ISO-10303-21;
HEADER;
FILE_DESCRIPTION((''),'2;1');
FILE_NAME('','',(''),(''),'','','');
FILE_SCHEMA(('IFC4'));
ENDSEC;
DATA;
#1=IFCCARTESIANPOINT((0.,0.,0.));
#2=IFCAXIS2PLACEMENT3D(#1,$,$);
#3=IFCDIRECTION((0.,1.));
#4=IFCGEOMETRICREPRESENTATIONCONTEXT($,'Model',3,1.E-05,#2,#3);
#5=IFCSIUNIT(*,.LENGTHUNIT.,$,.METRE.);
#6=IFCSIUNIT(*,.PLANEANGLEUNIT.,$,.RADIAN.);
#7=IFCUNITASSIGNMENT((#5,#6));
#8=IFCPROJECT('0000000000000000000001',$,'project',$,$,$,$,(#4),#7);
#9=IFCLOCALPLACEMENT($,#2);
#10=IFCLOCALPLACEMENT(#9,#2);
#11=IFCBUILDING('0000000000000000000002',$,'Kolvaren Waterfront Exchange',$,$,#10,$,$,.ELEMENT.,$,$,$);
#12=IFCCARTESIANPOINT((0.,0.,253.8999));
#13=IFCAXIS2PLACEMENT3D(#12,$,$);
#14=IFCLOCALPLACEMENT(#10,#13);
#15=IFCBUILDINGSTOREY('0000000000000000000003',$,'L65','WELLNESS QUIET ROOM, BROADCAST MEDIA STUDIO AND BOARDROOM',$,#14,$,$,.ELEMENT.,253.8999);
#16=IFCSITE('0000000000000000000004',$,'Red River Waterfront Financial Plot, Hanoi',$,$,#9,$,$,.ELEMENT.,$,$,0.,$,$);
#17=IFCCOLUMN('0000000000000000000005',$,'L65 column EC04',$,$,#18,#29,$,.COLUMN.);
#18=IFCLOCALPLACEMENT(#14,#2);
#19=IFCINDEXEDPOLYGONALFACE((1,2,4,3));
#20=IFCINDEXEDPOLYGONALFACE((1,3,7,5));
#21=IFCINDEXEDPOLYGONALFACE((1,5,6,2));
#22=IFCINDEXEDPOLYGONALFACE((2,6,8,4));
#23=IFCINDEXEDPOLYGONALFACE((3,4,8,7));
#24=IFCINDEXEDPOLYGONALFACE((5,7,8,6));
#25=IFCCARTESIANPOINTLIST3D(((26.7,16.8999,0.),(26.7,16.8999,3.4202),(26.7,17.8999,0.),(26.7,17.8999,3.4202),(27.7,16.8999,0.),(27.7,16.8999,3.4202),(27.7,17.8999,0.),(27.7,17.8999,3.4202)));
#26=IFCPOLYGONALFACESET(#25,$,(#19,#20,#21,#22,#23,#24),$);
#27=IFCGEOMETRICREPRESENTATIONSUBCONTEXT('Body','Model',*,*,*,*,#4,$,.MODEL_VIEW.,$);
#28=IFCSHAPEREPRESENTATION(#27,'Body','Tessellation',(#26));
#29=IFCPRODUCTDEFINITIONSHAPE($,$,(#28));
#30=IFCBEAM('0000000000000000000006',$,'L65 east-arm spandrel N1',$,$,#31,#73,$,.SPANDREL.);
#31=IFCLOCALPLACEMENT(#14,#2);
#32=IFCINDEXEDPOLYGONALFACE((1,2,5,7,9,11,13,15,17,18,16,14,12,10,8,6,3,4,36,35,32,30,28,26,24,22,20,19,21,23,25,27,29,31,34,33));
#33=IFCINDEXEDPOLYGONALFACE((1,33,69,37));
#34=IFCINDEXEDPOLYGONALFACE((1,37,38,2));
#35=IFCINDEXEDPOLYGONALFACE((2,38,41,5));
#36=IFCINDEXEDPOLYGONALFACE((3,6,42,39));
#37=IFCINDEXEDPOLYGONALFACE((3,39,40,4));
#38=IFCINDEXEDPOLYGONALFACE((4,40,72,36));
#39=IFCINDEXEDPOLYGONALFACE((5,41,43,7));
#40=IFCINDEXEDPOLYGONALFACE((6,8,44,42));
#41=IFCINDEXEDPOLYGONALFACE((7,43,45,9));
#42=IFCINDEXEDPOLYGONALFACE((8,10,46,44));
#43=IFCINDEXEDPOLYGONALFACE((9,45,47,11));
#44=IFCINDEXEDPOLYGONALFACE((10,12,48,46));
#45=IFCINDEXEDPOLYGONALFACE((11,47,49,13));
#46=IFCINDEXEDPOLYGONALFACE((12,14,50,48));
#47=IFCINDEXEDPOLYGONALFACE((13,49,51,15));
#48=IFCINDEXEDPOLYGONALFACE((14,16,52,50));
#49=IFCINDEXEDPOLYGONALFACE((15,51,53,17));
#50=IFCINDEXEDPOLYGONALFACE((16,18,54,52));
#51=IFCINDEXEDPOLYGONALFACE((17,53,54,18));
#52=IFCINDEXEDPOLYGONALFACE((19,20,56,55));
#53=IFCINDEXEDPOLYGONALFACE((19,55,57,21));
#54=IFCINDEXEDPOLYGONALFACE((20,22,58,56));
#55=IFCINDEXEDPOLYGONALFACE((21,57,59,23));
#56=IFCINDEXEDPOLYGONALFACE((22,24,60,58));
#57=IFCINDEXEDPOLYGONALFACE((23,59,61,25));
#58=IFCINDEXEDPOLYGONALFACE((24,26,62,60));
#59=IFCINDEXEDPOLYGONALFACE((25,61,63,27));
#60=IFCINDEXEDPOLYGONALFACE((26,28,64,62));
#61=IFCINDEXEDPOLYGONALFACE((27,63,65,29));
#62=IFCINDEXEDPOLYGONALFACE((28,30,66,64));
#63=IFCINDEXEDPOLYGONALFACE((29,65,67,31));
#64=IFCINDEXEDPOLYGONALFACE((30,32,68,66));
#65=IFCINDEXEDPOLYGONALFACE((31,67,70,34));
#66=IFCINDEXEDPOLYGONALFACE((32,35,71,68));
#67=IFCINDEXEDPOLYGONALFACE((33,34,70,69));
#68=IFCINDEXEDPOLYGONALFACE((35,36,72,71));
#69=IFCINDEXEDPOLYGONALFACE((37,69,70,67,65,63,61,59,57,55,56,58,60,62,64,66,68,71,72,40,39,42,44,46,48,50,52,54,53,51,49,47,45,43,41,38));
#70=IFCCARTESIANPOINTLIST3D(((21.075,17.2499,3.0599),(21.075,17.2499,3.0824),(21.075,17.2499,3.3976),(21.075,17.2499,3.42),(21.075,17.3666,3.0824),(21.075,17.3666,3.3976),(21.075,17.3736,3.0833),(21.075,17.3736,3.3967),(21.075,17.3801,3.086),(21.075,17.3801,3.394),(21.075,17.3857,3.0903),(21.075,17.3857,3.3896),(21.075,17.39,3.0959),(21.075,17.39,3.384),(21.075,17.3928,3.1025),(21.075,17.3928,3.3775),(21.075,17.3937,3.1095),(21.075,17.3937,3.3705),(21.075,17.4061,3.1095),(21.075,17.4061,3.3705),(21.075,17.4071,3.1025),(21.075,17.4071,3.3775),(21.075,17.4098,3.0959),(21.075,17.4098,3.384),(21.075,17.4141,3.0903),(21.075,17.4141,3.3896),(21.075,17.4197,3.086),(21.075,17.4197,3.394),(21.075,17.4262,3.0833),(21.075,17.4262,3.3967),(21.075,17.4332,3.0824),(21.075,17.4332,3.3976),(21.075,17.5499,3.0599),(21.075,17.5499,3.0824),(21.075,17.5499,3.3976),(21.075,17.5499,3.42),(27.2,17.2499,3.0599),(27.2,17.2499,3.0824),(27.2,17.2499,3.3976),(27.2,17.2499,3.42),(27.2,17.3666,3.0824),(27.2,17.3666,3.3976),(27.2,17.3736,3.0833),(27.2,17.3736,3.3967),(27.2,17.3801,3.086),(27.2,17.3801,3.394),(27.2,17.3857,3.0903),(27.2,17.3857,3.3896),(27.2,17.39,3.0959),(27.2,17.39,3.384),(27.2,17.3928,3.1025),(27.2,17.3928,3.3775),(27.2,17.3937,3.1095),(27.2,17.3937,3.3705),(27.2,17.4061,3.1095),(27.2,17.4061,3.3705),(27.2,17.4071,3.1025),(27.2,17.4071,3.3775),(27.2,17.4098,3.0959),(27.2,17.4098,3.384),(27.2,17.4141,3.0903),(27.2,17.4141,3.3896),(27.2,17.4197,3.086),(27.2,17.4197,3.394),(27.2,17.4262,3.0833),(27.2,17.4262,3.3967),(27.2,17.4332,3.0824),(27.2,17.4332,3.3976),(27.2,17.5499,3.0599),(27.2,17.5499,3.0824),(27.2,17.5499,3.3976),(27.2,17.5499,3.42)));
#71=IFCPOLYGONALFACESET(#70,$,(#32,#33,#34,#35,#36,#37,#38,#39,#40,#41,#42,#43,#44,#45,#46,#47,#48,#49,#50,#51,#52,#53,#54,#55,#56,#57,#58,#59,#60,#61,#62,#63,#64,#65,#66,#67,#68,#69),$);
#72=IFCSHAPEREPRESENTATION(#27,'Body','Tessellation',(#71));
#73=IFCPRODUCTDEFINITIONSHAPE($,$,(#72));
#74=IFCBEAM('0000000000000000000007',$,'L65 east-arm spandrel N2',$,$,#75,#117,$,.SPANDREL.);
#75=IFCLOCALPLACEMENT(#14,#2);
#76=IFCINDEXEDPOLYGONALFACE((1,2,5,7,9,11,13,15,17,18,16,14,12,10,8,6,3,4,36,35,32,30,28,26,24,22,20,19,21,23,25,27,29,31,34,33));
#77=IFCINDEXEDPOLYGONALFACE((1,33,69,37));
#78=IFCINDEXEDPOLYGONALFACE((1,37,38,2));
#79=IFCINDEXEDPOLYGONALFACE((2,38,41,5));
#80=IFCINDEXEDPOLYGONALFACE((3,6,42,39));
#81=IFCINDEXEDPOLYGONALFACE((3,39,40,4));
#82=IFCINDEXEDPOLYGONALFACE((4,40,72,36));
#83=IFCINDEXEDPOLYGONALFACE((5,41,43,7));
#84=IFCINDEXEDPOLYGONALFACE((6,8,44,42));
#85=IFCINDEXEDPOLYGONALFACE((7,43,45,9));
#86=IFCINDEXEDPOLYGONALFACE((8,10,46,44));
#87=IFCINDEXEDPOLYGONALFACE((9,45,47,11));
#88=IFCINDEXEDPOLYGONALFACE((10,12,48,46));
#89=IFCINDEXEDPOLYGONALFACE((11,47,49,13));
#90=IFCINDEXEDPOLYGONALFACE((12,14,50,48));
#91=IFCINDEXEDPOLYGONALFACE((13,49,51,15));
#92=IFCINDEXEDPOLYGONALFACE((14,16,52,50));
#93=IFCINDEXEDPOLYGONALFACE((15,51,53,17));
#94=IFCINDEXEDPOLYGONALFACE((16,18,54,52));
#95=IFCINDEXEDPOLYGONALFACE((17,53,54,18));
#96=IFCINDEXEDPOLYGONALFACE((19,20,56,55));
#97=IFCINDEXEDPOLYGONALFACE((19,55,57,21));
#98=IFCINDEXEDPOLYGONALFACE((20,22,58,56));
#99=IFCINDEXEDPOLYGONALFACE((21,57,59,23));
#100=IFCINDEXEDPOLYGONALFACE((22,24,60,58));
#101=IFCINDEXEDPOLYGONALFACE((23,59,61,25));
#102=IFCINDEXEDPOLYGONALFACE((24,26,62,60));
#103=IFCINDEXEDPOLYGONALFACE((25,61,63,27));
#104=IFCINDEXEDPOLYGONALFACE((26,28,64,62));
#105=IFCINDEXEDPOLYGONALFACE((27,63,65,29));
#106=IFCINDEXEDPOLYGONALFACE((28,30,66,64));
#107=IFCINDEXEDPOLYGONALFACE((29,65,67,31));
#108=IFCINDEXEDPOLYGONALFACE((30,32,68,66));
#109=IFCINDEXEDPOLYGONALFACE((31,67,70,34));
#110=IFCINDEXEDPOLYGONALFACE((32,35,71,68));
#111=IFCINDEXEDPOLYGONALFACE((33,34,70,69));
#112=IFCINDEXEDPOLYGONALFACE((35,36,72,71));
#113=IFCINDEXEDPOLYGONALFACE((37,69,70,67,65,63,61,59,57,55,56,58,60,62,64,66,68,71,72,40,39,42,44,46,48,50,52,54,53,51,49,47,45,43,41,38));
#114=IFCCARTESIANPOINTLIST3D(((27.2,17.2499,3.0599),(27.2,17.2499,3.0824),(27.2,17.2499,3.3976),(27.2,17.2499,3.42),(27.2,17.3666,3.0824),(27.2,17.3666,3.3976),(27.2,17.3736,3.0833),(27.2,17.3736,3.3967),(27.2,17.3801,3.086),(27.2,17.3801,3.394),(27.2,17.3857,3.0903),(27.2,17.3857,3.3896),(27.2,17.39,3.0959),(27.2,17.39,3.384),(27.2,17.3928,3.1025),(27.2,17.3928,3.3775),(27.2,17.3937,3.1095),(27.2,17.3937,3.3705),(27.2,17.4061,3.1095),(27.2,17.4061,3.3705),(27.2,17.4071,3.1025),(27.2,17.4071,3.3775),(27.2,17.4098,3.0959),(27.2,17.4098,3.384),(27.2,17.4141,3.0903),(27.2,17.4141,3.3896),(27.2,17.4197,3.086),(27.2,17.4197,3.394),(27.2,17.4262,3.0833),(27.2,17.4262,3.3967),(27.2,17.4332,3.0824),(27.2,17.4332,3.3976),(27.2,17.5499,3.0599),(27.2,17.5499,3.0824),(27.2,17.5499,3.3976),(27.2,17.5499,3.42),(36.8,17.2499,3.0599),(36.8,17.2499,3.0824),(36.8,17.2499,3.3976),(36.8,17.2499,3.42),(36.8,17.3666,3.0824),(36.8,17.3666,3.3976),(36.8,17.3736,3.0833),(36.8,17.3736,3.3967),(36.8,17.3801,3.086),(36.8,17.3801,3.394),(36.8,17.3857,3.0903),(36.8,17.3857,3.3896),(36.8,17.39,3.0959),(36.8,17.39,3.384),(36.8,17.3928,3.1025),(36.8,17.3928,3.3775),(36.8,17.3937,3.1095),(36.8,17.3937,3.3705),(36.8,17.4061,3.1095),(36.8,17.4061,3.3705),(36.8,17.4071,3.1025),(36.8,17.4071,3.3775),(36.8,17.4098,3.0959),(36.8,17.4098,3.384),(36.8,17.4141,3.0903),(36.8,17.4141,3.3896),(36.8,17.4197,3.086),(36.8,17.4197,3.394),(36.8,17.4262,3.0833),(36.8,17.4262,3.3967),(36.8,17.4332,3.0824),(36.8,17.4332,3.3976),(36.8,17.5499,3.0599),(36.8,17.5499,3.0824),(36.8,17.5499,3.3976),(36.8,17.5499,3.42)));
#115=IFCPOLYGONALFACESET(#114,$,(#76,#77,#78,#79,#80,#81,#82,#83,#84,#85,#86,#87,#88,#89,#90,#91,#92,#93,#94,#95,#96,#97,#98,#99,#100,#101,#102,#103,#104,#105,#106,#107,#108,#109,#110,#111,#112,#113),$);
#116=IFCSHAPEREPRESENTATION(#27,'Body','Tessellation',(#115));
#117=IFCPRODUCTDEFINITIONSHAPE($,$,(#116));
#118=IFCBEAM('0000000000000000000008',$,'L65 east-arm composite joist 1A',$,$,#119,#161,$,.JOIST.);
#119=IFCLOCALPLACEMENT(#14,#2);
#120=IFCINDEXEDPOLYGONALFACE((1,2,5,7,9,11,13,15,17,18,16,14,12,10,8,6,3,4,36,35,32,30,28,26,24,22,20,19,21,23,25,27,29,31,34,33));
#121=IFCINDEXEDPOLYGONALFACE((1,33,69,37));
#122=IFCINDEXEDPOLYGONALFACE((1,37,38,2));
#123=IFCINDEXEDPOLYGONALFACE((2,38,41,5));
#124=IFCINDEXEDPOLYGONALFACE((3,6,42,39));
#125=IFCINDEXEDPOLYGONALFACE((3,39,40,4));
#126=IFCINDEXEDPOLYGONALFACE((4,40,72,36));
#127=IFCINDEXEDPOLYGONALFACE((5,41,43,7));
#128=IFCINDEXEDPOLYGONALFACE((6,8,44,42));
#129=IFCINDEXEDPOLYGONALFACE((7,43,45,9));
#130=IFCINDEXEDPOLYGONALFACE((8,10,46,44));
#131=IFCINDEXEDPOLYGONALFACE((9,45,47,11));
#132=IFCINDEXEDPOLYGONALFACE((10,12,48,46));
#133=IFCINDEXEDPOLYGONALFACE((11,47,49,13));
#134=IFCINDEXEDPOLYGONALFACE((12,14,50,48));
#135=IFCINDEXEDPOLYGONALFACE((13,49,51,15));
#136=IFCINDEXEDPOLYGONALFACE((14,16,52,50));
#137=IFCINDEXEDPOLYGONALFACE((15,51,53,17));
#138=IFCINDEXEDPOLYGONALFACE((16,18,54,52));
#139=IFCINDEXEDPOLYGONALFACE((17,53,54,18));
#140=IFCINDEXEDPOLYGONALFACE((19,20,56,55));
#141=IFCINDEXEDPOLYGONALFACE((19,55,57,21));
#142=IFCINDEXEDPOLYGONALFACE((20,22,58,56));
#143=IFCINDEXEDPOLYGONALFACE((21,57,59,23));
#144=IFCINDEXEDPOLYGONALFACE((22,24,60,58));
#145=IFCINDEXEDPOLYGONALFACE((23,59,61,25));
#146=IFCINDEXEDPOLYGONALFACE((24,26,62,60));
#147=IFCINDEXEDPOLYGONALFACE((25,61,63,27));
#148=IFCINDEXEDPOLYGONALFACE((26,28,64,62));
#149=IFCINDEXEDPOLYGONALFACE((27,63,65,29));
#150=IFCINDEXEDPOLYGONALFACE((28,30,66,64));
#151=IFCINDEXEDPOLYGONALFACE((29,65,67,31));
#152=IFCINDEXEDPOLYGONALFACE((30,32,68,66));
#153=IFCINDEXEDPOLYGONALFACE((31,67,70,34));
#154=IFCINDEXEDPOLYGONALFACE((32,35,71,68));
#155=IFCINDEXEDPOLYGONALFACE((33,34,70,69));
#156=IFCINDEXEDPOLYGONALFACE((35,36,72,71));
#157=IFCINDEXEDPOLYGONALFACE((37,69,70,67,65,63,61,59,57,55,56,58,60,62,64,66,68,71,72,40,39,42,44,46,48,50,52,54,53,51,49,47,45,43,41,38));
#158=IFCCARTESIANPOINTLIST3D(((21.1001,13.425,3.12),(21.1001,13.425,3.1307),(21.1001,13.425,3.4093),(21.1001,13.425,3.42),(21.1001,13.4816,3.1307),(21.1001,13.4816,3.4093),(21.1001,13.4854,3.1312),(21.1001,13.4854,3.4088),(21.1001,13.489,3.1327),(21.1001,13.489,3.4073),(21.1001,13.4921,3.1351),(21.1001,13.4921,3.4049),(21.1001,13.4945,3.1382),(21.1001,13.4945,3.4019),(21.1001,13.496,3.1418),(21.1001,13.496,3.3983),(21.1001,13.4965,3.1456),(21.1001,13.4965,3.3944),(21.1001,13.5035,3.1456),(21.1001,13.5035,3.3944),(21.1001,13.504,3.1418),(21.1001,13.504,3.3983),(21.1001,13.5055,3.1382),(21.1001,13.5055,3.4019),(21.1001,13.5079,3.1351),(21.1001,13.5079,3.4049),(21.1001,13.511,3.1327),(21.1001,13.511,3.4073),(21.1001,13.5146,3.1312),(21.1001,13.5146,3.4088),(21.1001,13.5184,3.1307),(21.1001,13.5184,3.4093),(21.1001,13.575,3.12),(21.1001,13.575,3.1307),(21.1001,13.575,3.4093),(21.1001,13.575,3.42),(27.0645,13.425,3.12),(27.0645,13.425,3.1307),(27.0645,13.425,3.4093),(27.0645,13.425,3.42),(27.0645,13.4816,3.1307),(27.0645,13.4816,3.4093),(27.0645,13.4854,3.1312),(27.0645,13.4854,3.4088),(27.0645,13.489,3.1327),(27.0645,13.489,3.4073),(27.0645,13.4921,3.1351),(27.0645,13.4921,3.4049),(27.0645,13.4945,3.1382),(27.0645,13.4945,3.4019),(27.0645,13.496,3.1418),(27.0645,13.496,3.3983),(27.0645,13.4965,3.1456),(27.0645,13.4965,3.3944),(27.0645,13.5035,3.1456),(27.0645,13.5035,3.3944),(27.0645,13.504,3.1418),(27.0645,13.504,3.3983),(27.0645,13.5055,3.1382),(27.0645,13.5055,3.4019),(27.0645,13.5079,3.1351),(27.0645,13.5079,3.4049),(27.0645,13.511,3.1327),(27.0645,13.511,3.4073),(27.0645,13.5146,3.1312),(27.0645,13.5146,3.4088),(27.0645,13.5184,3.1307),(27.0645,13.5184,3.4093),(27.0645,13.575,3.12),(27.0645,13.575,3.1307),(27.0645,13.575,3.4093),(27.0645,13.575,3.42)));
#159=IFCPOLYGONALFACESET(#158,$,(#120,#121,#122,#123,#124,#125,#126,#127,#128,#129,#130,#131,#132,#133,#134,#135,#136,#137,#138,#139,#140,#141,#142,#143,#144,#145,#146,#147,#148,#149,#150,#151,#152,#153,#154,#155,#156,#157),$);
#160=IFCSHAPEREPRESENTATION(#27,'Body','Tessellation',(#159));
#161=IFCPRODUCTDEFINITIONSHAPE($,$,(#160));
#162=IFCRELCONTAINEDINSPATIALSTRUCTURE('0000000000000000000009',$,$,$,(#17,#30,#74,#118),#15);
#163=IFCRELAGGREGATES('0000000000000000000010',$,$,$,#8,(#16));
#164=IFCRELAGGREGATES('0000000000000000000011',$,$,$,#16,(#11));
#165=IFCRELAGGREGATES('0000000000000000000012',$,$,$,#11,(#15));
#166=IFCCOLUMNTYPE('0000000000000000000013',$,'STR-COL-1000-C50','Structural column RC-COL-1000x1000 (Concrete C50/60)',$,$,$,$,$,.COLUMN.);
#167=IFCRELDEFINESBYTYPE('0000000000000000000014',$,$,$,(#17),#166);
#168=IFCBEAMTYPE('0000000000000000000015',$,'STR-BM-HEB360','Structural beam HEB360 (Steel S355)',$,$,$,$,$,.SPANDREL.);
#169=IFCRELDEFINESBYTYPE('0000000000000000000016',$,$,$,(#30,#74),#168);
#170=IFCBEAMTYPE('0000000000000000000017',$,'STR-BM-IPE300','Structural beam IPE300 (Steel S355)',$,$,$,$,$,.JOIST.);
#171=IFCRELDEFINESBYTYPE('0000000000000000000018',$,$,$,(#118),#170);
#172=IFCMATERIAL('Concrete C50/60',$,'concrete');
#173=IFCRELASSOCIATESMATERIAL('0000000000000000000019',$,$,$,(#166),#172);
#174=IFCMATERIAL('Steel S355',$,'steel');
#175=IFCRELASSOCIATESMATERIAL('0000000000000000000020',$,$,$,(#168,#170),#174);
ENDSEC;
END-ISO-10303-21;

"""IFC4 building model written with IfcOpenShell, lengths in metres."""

from ifc_helpers import new_model, si_unit, direction, frame, origin, origin_2d, place, context, subcontext, project, spatial, rectangle, i_section, extrude, material, material_profile, profile_set, type_object, element, save


model = new_model("IFC4")

# Units and contexts
model_context = context("Model", 3, precision=1e-05, world=origin(), true_north=direction((0.0, 1.0)))
body_context = subcontext(model_context, "Body", "Model", "MODEL_VIEW")
ifc_project = project(units=[si_unit("LENGTHUNIT", "METRE"), si_unit("PLANEANGLEUNIT", "RADIAN")], contexts=[model_context])

# Site, building, storey
site_placement = place(None, origin())
site = spatial("IfcSite", under=ifc_project, at=site_placement, Name="Red River Waterfront Financial Plot, Hanoi", CompositionType="ELEMENT", RefElevation=0.0)
building_placement = place(site_placement, origin())
building = spatial("IfcBuilding", under=site, at=building_placement, Name="Kolvaren Waterfront Exchange", CompositionType="ELEMENT")
storey_placement = place(building_placement, frame((0.0, 0.0, 253.8999)))
storey = spatial("IfcBuildingStorey", under=building, at=storey_placement, Name="L65", Description="WELLNESS QUIET ROOM, BROADCAST MEDIA STUDIO AND BOARDROOM", CompositionType="ELEMENT", Elevation=253.8999)

# Column
ifc_material_1 = material(Name="Concrete C50/60", Category="concrete")
ifc_material_profile_1 = material_profile(ifc_material_1, rectangle(XDim=1.0, YDim=1.0, at=origin_2d()), Name="RC-COL-1000x1000")
ifc_profile_set_1 = profile_set([ifc_material_profile_1], Name="Concrete C50/60")
column_type = type_object("IfcColumnType", Name="STR-COL-1000-C50", Description="Structural column RC-COL-1000x1000 (Concrete C50/60)", PredefinedType="COLUMN", material=ifc_profile_set_1)
column_placement = place(storey_placement, frame((27.2, 17.3999, 0.0), z_axis=(0.0, 0.0, 1.0), x_axis=(1.0, 0.0, 0.0)))
element("IfcColumn", 1, at=column_placement, inside=storey, type_object=column_type, Name="L65 column EC04", PredefinedType="COLUMN", context=body_context, shape_type="SweptSolid", body=[
    extrude(rectangle(XDim=1.0, YDim=1.0, at=origin_2d()), origin(), (0.0, 0.0, 1.0), 3.4202),
])

# Beams
ifc_material_2 = material(Name="Steel S355", Category="steel")
ifc_material_profile_2 = material_profile(ifc_material_2, i_section(OverallWidth=0.3, OverallDepth=0.3601, WebThickness=0.0125, FlangeThickness=0.0225, FilletRadius=0.0271, at=origin_2d()), Name="HEB360")
ifc_profile_set_2 = profile_set([ifc_material_profile_2], Name="Steel S355")
beam_type_1 = type_object("IfcBeamType", Name="STR-BM-HEB360", Description="Structural beam HEB360 (Steel S355)", PredefinedType="SPANDREL", material=ifc_profile_set_2)
beam_1_placement = place(storey_placement, frame((21.075, 17.3999, 3.24), z_axis=(1.0, 0.0, 0.0), x_axis=(0.0, 1.0, 0.0)))
element("IfcBeam", 2, at=beam_1_placement, inside=storey, type_object=beam_type_1, Name="L65 east-arm spandrel N1", PredefinedType="SPANDREL", context=body_context, shape_type="SweptSolid", body=[
    extrude(i_section(OverallWidth=0.3, OverallDepth=0.3601, WebThickness=0.0125, FlangeThickness=0.0225, FilletRadius=0.0271, at=origin_2d()), origin(), (0.0, 0.0, 1.0), 6.125),
])
beam_2_placement = place(storey_placement, frame((27.2, 17.3999, 3.24), z_axis=(1.0, 0.0, 0.0), x_axis=(0.0, 1.0, 0.0)))
element("IfcBeam", 3, at=beam_2_placement, inside=storey, type_object=beam_type_1, Name="L65 east-arm spandrel N2", PredefinedType="SPANDREL", context=body_context, shape_type="SweptSolid", body=[
    extrude(i_section(OverallWidth=0.3, OverallDepth=0.3601, WebThickness=0.0125, FlangeThickness=0.0225, FilletRadius=0.0271, at=origin_2d()), origin(), (0.0, 0.0, 1.0), 9.6001),
])
ifc_material_profile_3 = material_profile(ifc_material_2, i_section(OverallWidth=0.1499, OverallDepth=0.3, WebThickness=0.0071, FlangeThickness=0.0107, FilletRadius=0.0149, at=origin_2d()), Name="IPE300")
ifc_profile_set_3 = profile_set([ifc_material_profile_3], Name="Steel S355")
beam_type_2 = type_object("IfcBeamType", Name="STR-BM-IPE300", Description="Structural beam IPE300 (Steel S355)", PredefinedType="JOIST", material=ifc_profile_set_3)
for number, where, z_axis, x_axis, name in (
    (4, (21.1001, 13.5, 3.27), (1.0, 0.0, 0.0), (0.0, 1.0, 0.0), "L65 east-arm composite joist 1A"),
):
    element("IfcBeam", number, at=place(storey_placement, frame(where, z_axis=z_axis, x_axis=x_axis)), inside=storey, type_object=beam_type_2, Name=name, PredefinedType="JOIST", context=body_context, shape_type="SweptSolid", body=[
        extrude(i_section(OverallWidth=0.1499, OverallDepth=0.3, WebThickness=0.0071, FlangeThickness=0.0107, FilletRadius=0.0149, at=origin_2d()), origin(), (0.0, 0.0, 1.0), 5.9644),
    ])

save(model, "model.ifc")
